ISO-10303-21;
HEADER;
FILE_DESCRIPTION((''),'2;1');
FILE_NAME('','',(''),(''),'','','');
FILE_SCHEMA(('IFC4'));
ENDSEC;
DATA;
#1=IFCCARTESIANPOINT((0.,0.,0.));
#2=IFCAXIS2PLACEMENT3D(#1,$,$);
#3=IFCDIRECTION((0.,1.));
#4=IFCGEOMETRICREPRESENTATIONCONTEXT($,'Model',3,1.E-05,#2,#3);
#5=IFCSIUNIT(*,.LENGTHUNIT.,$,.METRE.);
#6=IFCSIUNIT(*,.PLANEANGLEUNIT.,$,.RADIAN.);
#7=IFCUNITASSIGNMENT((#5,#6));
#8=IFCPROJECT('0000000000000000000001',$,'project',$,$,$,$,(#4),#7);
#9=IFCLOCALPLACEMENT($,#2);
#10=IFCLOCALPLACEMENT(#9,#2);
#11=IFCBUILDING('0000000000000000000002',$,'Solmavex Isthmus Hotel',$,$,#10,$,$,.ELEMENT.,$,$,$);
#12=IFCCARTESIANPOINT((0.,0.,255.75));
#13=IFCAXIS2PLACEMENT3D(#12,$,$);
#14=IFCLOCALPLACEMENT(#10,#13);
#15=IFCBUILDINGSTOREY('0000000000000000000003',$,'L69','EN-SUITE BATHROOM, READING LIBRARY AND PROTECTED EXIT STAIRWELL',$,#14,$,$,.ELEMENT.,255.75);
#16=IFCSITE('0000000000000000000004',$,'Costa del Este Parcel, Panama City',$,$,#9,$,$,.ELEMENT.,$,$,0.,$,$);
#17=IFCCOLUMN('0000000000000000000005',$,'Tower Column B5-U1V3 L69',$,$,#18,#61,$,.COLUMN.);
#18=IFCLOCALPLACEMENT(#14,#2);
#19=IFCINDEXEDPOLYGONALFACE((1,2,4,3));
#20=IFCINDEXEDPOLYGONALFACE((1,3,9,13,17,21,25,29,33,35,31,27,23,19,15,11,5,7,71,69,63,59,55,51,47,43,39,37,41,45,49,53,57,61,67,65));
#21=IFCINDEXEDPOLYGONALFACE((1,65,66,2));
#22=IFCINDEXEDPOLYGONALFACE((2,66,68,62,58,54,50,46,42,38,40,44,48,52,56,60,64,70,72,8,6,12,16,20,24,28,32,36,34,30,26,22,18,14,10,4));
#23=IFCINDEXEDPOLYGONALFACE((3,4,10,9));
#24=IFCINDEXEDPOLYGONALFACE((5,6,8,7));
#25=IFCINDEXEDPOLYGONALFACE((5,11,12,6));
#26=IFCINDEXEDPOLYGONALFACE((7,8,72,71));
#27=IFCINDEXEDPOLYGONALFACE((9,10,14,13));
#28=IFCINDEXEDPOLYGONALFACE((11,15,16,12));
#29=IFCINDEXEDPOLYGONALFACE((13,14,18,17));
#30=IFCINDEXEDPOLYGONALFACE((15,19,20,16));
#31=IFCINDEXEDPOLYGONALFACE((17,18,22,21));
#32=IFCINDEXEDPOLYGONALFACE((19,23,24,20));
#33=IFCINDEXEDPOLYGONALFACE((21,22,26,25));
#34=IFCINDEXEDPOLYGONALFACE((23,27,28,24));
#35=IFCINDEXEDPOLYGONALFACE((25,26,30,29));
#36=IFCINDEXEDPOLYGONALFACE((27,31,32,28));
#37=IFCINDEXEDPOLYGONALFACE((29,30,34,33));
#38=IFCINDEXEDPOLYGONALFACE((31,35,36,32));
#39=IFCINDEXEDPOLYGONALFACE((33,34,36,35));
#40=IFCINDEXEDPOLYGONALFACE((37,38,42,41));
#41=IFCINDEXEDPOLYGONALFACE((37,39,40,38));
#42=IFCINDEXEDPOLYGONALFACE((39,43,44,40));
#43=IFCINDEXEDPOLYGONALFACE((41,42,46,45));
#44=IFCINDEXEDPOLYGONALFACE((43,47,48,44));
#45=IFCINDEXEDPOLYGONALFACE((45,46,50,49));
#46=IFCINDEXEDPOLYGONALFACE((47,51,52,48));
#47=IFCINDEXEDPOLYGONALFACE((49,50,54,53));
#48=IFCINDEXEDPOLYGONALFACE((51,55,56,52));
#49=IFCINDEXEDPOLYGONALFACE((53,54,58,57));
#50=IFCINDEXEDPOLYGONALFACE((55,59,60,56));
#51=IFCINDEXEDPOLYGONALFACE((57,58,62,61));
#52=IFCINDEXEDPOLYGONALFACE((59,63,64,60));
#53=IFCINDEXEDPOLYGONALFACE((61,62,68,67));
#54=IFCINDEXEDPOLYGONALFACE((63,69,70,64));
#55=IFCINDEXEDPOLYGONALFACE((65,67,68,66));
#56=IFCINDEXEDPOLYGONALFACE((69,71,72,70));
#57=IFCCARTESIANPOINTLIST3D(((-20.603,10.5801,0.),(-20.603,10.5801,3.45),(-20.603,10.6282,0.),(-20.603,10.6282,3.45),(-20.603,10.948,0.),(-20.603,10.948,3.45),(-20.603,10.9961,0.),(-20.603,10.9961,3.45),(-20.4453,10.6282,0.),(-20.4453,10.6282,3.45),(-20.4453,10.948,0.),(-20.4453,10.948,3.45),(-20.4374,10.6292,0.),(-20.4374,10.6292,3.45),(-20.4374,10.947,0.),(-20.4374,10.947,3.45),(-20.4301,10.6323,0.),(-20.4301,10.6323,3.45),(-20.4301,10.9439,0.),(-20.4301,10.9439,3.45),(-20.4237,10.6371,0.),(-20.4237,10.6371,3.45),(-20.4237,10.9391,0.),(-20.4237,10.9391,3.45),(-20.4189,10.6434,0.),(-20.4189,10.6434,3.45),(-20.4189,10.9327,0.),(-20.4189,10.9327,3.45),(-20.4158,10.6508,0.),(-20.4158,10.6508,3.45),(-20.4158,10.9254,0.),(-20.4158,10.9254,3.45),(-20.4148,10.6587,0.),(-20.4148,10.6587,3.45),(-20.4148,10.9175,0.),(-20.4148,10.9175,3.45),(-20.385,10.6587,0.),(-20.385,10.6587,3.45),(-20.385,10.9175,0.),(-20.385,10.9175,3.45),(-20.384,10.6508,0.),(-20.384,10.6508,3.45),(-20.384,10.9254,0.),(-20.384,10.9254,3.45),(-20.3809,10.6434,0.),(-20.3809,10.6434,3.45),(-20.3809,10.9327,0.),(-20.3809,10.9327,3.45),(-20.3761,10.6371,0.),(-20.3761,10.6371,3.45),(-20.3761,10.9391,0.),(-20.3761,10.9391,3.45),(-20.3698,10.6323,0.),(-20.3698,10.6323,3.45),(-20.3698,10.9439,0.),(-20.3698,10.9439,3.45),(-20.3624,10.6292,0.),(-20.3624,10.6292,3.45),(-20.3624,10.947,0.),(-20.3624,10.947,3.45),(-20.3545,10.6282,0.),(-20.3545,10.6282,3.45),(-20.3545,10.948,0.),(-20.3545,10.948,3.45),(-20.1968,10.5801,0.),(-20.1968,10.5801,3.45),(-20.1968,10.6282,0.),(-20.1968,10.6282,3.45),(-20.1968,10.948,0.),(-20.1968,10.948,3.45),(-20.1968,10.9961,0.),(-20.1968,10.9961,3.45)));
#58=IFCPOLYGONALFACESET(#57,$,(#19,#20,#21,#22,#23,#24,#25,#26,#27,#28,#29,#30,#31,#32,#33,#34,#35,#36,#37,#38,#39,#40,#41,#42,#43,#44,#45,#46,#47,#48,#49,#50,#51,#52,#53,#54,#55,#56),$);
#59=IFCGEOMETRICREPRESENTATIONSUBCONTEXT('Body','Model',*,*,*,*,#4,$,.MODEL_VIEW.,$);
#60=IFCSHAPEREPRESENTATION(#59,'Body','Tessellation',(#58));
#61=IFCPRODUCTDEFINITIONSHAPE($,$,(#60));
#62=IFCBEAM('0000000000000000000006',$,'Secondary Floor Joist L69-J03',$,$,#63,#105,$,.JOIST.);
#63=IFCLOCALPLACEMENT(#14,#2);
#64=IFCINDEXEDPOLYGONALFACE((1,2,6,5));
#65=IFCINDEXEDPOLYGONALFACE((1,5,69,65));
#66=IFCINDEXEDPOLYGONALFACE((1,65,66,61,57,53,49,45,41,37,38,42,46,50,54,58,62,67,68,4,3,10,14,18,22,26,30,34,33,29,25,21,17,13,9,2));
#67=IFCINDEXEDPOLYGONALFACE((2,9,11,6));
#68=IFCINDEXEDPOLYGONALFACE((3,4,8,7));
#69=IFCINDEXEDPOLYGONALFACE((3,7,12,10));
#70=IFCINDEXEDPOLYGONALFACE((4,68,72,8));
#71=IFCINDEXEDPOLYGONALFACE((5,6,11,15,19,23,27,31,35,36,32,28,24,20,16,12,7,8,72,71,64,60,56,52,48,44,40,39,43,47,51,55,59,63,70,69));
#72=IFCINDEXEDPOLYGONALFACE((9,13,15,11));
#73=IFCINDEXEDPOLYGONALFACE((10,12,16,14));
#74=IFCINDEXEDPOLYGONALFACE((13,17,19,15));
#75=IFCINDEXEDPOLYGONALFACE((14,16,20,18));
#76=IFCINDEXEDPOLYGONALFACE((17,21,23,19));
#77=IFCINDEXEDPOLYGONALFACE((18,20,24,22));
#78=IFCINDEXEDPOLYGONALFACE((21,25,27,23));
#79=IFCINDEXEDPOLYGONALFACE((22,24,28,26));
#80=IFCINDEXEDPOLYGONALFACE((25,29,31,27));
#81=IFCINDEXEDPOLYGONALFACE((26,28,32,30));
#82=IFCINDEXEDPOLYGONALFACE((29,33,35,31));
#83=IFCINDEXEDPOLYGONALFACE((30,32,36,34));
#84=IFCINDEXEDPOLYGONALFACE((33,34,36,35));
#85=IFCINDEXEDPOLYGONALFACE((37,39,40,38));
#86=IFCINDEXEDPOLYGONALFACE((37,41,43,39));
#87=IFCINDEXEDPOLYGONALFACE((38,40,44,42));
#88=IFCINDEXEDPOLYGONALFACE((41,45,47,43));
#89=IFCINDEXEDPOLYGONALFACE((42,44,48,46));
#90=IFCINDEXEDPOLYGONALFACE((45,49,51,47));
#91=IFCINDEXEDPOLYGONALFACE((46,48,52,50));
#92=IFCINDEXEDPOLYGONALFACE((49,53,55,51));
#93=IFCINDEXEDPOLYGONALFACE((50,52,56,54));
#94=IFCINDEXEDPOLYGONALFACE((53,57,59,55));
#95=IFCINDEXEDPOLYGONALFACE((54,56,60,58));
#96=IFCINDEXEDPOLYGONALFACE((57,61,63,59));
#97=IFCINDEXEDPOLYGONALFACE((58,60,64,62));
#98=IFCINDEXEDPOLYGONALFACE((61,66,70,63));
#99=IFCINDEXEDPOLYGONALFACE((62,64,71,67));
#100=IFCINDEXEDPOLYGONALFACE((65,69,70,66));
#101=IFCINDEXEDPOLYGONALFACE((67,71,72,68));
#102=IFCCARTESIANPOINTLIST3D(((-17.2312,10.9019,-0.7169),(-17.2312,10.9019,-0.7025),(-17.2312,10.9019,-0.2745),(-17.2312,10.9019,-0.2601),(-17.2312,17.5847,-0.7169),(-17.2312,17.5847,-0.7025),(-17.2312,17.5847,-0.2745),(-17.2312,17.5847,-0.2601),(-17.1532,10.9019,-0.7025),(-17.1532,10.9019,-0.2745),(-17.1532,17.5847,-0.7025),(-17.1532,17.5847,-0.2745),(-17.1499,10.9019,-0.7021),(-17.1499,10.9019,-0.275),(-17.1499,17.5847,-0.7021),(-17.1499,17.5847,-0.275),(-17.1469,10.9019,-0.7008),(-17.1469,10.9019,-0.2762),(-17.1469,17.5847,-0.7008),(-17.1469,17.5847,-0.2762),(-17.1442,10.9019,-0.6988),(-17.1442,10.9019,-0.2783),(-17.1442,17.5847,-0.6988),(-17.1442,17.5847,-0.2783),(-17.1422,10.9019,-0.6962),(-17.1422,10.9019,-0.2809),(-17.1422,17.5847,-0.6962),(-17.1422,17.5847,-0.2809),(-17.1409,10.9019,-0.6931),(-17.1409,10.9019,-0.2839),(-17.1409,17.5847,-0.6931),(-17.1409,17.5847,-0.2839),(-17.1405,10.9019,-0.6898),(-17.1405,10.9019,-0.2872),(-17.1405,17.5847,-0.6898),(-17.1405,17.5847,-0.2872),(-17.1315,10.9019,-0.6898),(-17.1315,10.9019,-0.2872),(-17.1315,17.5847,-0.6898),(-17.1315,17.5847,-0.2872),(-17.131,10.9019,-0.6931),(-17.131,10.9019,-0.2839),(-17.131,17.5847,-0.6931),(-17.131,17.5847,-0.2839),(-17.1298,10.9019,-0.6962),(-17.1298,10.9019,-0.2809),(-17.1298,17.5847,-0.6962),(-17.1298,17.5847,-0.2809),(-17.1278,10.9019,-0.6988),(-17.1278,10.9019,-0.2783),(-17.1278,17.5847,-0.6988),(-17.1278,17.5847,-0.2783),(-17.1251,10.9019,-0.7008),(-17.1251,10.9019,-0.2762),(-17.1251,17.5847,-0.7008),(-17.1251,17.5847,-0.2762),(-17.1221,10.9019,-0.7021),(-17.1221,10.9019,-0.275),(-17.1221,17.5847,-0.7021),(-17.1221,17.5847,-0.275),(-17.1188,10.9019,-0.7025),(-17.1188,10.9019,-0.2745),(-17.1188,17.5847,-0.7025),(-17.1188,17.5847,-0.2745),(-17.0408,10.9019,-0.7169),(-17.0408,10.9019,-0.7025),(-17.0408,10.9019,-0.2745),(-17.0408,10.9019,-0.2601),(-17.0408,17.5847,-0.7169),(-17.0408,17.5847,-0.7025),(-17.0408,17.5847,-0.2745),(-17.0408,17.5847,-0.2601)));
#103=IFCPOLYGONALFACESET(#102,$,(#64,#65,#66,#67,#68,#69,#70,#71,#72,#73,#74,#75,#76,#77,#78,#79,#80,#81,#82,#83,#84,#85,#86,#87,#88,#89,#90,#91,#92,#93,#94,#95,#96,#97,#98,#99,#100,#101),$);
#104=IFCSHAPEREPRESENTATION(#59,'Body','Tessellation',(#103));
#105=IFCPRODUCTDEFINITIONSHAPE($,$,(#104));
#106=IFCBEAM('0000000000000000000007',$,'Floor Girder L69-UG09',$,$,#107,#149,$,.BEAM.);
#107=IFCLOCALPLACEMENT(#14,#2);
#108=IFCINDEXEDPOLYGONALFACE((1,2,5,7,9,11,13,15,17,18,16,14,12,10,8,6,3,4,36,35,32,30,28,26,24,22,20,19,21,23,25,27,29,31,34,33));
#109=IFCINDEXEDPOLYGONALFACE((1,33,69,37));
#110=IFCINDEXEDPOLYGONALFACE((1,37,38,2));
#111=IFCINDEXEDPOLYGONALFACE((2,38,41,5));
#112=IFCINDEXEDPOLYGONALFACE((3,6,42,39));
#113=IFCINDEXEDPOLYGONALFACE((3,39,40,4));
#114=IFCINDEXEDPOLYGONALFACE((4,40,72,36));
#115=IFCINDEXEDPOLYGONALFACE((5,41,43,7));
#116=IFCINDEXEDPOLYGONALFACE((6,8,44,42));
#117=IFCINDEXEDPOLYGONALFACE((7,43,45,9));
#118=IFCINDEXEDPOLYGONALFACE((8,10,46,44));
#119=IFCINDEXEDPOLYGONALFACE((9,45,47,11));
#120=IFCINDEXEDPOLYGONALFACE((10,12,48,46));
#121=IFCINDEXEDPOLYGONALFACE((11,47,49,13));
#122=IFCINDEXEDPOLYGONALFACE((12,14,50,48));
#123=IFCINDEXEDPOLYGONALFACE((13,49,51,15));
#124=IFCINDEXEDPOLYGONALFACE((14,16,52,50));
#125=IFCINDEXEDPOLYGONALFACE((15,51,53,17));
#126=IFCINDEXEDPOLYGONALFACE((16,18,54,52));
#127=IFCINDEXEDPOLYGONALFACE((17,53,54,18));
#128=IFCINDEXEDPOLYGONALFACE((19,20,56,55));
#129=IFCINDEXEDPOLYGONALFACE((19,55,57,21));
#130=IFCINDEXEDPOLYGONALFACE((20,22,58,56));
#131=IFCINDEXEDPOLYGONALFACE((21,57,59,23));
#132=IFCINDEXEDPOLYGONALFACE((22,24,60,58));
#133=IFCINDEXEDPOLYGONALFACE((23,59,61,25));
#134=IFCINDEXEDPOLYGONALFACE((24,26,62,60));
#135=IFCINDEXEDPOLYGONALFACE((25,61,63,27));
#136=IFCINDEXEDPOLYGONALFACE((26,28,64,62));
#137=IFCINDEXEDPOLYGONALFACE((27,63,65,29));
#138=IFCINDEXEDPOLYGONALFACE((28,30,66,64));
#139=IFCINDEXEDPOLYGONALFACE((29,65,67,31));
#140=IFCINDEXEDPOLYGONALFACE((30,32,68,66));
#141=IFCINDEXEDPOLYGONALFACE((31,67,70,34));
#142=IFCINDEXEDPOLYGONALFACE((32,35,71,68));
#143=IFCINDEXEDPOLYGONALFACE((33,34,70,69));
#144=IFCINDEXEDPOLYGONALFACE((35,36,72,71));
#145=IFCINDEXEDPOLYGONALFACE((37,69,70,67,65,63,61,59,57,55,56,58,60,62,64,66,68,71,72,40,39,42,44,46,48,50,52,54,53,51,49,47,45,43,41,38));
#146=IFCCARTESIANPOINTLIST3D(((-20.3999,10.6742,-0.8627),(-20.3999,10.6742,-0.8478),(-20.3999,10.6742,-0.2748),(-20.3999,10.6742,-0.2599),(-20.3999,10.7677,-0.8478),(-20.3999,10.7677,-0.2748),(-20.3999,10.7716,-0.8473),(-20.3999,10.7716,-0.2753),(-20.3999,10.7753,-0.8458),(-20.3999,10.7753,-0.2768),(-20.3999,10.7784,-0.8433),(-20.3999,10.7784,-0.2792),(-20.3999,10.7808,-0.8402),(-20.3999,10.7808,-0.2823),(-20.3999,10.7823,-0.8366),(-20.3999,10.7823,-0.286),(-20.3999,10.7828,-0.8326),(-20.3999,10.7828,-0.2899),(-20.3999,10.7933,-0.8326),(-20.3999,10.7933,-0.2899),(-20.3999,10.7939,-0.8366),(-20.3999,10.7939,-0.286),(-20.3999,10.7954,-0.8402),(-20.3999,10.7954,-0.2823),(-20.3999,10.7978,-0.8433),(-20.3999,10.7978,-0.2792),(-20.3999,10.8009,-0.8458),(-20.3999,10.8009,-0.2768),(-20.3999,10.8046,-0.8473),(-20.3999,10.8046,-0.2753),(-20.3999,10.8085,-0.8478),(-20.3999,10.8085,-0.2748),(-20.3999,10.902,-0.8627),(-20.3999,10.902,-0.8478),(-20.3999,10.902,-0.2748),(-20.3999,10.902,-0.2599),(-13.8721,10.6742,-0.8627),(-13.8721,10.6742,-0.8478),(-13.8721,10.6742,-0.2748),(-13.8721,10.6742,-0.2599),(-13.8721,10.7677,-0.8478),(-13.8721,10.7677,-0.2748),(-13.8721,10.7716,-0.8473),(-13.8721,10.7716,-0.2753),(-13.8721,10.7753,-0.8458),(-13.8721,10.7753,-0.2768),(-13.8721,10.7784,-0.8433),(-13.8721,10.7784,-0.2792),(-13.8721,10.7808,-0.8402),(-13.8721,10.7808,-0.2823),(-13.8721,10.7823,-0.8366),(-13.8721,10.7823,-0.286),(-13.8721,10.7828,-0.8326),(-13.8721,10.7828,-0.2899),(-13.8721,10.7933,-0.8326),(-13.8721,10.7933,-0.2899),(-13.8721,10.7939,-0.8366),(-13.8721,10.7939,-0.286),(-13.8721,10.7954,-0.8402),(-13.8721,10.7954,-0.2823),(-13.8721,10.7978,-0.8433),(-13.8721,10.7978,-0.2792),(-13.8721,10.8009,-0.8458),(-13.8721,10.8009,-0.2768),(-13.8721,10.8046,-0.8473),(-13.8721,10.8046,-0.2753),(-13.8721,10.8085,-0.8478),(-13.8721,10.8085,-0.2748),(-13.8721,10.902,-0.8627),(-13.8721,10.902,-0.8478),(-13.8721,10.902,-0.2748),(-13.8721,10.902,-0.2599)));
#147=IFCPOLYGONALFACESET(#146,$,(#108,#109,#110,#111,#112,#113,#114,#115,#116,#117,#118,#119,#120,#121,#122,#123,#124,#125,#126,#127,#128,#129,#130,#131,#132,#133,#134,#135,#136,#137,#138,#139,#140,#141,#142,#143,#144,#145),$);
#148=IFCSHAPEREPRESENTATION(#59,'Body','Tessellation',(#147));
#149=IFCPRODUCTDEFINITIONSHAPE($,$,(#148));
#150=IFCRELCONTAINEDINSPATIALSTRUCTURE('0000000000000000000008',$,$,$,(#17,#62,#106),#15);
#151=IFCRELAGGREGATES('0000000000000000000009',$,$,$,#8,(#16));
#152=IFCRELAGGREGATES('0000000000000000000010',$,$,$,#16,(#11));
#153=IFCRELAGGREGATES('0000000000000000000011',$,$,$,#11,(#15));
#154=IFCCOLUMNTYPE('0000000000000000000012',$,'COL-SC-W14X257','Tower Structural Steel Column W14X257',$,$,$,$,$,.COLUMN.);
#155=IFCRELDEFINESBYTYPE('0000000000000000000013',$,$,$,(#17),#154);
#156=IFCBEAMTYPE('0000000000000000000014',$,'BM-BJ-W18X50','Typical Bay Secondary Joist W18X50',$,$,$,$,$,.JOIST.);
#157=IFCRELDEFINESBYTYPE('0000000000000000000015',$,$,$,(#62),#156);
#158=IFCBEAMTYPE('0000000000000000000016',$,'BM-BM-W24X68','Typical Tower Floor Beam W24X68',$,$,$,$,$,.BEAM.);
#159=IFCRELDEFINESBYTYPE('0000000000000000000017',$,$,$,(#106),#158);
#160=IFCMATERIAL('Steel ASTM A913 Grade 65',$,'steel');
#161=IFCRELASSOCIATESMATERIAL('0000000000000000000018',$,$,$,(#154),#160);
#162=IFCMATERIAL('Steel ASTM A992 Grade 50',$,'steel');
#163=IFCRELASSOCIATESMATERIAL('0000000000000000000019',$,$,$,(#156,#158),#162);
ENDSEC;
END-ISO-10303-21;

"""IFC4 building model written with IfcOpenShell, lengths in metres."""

from ifc_helpers import new_model, si_unit, direction, frame, origin, origin_2d, place, context, subcontext, project, spatial, i_section, extrude, material, material_profile, profile_set, type_object, element, save


model = new_model("IFC4")

# Units and contexts
model_context = context("Model", 3, precision=1e-05, world=origin(), true_north=direction((0.0, 1.0)))
body_context = subcontext(model_context, "Body", "Model", "MODEL_VIEW")
ifc_project = project(units=[si_unit("LENGTHUNIT", "METRE"), si_unit("PLANEANGLEUNIT", "RADIAN")], contexts=[model_context])

# Site, building, storey
site_placement = place(None, origin())
site = spatial("IfcSite", under=ifc_project, at=site_placement, Name="Costa del Este Parcel, Panama City", CompositionType="ELEMENT", RefElevation=0.0)
building_placement = place(site_placement, origin())
building = spatial("IfcBuilding", under=site, at=building_placement, Name="Solmavex Isthmus Hotel", CompositionType="ELEMENT")
storey_placement = place(building_placement, frame((0.0, 0.0, 255.75)))
storey = spatial("IfcBuildingStorey", under=building, at=storey_placement, Name="L69", Description="EN-SUITE BATHROOM, READING LIBRARY AND PROTECTED EXIT STAIRWELL", CompositionType="ELEMENT", Elevation=255.75)

# Column
ifc_material_1 = material(Name="Steel ASTM A913 Grade 65", Category="steel")
ifc_material_profile_1 = material_profile(ifc_material_1, i_section(OverallWidth=0.4062, OverallDepth=0.416, WebThickness=0.0298, FlangeThickness=0.0481, FilletRadius=0.0305, at=origin_2d()), Name="W14X257")
ifc_profile_set_1 = profile_set([ifc_material_profile_1], Name="Steel ASTM A913 Grade 65")
column_type = type_object("IfcColumnType", Name="COL-SC-W14X257", Description="Tower Structural Steel Column W14X257", PredefinedType="COLUMN", material=ifc_profile_set_1)
column_placement = place(storey_placement, frame((-20.3999, 10.7881, 0.0), z_axis=(0.0, 0.0, 1.0), x_axis=(1.0, 0.0, 0.0)))
element("IfcColumn", 1, at=column_placement, inside=storey, type_object=column_type, Name="Tower Column B5-U1V3 L69", PredefinedType="COLUMN", context=body_context, shape_type="SweptSolid", body=[
    extrude(i_section(OverallWidth=0.4062, OverallDepth=0.416, WebThickness=0.0298, FlangeThickness=0.0481, FilletRadius=0.0305, at=origin_2d()), origin(), (0.0, 0.0, 1.0), 3.45),
])

# Beams
ifc_material_2 = material(Name="Steel ASTM A992 Grade 50", Category="steel")
ifc_material_profile_2 = material_profile(ifc_material_2, i_section(OverallWidth=0.1904, OverallDepth=0.4568, WebThickness=0.009, FlangeThickness=0.0144, FilletRadius=0.0127, at=origin_2d()), Name="W18X50")
ifc_profile_set_2 = profile_set([ifc_material_profile_2], Name="Steel ASTM A992 Grade 50")
beam_type_1 = type_object("IfcBeamType", Name="BM-BJ-W18X50", Description="Typical Bay Secondary Joist W18X50", PredefinedType="JOIST", material=ifc_profile_set_2)
beam_1_placement = place(storey_placement, frame((-17.136, 10.9019, -0.4885), z_axis=(0.0, 1.0, 0.0), x_axis=(-1.0, 0.0, 0.0)))
element("IfcBeam", 2, at=beam_1_placement, inside=storey, type_object=beam_type_1, Name="Secondary Floor Joist L69-J03", PredefinedType="JOIST", context=body_context, shape_type="SweptSolid", body=[
    extrude(i_section(OverallWidth=0.1904, OverallDepth=0.4568, WebThickness=0.009, FlangeThickness=0.0144, FilletRadius=0.0127, at=origin_2d()), origin(), (0.0, 0.0, 1.0), 6.6829),
])
ifc_material_profile_3 = material_profile(ifc_material_2, i_section(OverallWidth=0.2278, OverallDepth=0.6028, WebThickness=0.0105, FlangeThickness=0.0149, FilletRadius=0.0151, at=origin_2d()), Name="W24X68")
ifc_profile_set_3 = profile_set([ifc_material_profile_3], Name="Steel ASTM A992 Grade 50")
beam_type_2 = type_object("IfcBeamType", Name="BM-BM-W24X68", Description="Typical Tower Floor Beam W24X68", PredefinedType="BEAM", material=ifc_profile_set_3)
beam_2_placement = place(storey_placement, frame((-20.3999, 10.7881, -0.5613), z_axis=(1.0, 0.0, 0.0), x_axis=(0.0, 1.0, 0.0)))
element("IfcBeam", 3, at=beam_2_placement, inside=storey, type_object=beam_type_2, Name="Floor Girder L69-UG09", PredefinedType="BEAM", context=body_context, shape_type="SweptSolid", body=[
    extrude(i_section(OverallWidth=0.2278, OverallDepth=0.6028, WebThickness=0.0105, FlangeThickness=0.0149, FilletRadius=0.0151, at=origin_2d()), origin(), (0.0, 0.0, 1.0), 6.5278),
])

save(model, "model.ifc")
